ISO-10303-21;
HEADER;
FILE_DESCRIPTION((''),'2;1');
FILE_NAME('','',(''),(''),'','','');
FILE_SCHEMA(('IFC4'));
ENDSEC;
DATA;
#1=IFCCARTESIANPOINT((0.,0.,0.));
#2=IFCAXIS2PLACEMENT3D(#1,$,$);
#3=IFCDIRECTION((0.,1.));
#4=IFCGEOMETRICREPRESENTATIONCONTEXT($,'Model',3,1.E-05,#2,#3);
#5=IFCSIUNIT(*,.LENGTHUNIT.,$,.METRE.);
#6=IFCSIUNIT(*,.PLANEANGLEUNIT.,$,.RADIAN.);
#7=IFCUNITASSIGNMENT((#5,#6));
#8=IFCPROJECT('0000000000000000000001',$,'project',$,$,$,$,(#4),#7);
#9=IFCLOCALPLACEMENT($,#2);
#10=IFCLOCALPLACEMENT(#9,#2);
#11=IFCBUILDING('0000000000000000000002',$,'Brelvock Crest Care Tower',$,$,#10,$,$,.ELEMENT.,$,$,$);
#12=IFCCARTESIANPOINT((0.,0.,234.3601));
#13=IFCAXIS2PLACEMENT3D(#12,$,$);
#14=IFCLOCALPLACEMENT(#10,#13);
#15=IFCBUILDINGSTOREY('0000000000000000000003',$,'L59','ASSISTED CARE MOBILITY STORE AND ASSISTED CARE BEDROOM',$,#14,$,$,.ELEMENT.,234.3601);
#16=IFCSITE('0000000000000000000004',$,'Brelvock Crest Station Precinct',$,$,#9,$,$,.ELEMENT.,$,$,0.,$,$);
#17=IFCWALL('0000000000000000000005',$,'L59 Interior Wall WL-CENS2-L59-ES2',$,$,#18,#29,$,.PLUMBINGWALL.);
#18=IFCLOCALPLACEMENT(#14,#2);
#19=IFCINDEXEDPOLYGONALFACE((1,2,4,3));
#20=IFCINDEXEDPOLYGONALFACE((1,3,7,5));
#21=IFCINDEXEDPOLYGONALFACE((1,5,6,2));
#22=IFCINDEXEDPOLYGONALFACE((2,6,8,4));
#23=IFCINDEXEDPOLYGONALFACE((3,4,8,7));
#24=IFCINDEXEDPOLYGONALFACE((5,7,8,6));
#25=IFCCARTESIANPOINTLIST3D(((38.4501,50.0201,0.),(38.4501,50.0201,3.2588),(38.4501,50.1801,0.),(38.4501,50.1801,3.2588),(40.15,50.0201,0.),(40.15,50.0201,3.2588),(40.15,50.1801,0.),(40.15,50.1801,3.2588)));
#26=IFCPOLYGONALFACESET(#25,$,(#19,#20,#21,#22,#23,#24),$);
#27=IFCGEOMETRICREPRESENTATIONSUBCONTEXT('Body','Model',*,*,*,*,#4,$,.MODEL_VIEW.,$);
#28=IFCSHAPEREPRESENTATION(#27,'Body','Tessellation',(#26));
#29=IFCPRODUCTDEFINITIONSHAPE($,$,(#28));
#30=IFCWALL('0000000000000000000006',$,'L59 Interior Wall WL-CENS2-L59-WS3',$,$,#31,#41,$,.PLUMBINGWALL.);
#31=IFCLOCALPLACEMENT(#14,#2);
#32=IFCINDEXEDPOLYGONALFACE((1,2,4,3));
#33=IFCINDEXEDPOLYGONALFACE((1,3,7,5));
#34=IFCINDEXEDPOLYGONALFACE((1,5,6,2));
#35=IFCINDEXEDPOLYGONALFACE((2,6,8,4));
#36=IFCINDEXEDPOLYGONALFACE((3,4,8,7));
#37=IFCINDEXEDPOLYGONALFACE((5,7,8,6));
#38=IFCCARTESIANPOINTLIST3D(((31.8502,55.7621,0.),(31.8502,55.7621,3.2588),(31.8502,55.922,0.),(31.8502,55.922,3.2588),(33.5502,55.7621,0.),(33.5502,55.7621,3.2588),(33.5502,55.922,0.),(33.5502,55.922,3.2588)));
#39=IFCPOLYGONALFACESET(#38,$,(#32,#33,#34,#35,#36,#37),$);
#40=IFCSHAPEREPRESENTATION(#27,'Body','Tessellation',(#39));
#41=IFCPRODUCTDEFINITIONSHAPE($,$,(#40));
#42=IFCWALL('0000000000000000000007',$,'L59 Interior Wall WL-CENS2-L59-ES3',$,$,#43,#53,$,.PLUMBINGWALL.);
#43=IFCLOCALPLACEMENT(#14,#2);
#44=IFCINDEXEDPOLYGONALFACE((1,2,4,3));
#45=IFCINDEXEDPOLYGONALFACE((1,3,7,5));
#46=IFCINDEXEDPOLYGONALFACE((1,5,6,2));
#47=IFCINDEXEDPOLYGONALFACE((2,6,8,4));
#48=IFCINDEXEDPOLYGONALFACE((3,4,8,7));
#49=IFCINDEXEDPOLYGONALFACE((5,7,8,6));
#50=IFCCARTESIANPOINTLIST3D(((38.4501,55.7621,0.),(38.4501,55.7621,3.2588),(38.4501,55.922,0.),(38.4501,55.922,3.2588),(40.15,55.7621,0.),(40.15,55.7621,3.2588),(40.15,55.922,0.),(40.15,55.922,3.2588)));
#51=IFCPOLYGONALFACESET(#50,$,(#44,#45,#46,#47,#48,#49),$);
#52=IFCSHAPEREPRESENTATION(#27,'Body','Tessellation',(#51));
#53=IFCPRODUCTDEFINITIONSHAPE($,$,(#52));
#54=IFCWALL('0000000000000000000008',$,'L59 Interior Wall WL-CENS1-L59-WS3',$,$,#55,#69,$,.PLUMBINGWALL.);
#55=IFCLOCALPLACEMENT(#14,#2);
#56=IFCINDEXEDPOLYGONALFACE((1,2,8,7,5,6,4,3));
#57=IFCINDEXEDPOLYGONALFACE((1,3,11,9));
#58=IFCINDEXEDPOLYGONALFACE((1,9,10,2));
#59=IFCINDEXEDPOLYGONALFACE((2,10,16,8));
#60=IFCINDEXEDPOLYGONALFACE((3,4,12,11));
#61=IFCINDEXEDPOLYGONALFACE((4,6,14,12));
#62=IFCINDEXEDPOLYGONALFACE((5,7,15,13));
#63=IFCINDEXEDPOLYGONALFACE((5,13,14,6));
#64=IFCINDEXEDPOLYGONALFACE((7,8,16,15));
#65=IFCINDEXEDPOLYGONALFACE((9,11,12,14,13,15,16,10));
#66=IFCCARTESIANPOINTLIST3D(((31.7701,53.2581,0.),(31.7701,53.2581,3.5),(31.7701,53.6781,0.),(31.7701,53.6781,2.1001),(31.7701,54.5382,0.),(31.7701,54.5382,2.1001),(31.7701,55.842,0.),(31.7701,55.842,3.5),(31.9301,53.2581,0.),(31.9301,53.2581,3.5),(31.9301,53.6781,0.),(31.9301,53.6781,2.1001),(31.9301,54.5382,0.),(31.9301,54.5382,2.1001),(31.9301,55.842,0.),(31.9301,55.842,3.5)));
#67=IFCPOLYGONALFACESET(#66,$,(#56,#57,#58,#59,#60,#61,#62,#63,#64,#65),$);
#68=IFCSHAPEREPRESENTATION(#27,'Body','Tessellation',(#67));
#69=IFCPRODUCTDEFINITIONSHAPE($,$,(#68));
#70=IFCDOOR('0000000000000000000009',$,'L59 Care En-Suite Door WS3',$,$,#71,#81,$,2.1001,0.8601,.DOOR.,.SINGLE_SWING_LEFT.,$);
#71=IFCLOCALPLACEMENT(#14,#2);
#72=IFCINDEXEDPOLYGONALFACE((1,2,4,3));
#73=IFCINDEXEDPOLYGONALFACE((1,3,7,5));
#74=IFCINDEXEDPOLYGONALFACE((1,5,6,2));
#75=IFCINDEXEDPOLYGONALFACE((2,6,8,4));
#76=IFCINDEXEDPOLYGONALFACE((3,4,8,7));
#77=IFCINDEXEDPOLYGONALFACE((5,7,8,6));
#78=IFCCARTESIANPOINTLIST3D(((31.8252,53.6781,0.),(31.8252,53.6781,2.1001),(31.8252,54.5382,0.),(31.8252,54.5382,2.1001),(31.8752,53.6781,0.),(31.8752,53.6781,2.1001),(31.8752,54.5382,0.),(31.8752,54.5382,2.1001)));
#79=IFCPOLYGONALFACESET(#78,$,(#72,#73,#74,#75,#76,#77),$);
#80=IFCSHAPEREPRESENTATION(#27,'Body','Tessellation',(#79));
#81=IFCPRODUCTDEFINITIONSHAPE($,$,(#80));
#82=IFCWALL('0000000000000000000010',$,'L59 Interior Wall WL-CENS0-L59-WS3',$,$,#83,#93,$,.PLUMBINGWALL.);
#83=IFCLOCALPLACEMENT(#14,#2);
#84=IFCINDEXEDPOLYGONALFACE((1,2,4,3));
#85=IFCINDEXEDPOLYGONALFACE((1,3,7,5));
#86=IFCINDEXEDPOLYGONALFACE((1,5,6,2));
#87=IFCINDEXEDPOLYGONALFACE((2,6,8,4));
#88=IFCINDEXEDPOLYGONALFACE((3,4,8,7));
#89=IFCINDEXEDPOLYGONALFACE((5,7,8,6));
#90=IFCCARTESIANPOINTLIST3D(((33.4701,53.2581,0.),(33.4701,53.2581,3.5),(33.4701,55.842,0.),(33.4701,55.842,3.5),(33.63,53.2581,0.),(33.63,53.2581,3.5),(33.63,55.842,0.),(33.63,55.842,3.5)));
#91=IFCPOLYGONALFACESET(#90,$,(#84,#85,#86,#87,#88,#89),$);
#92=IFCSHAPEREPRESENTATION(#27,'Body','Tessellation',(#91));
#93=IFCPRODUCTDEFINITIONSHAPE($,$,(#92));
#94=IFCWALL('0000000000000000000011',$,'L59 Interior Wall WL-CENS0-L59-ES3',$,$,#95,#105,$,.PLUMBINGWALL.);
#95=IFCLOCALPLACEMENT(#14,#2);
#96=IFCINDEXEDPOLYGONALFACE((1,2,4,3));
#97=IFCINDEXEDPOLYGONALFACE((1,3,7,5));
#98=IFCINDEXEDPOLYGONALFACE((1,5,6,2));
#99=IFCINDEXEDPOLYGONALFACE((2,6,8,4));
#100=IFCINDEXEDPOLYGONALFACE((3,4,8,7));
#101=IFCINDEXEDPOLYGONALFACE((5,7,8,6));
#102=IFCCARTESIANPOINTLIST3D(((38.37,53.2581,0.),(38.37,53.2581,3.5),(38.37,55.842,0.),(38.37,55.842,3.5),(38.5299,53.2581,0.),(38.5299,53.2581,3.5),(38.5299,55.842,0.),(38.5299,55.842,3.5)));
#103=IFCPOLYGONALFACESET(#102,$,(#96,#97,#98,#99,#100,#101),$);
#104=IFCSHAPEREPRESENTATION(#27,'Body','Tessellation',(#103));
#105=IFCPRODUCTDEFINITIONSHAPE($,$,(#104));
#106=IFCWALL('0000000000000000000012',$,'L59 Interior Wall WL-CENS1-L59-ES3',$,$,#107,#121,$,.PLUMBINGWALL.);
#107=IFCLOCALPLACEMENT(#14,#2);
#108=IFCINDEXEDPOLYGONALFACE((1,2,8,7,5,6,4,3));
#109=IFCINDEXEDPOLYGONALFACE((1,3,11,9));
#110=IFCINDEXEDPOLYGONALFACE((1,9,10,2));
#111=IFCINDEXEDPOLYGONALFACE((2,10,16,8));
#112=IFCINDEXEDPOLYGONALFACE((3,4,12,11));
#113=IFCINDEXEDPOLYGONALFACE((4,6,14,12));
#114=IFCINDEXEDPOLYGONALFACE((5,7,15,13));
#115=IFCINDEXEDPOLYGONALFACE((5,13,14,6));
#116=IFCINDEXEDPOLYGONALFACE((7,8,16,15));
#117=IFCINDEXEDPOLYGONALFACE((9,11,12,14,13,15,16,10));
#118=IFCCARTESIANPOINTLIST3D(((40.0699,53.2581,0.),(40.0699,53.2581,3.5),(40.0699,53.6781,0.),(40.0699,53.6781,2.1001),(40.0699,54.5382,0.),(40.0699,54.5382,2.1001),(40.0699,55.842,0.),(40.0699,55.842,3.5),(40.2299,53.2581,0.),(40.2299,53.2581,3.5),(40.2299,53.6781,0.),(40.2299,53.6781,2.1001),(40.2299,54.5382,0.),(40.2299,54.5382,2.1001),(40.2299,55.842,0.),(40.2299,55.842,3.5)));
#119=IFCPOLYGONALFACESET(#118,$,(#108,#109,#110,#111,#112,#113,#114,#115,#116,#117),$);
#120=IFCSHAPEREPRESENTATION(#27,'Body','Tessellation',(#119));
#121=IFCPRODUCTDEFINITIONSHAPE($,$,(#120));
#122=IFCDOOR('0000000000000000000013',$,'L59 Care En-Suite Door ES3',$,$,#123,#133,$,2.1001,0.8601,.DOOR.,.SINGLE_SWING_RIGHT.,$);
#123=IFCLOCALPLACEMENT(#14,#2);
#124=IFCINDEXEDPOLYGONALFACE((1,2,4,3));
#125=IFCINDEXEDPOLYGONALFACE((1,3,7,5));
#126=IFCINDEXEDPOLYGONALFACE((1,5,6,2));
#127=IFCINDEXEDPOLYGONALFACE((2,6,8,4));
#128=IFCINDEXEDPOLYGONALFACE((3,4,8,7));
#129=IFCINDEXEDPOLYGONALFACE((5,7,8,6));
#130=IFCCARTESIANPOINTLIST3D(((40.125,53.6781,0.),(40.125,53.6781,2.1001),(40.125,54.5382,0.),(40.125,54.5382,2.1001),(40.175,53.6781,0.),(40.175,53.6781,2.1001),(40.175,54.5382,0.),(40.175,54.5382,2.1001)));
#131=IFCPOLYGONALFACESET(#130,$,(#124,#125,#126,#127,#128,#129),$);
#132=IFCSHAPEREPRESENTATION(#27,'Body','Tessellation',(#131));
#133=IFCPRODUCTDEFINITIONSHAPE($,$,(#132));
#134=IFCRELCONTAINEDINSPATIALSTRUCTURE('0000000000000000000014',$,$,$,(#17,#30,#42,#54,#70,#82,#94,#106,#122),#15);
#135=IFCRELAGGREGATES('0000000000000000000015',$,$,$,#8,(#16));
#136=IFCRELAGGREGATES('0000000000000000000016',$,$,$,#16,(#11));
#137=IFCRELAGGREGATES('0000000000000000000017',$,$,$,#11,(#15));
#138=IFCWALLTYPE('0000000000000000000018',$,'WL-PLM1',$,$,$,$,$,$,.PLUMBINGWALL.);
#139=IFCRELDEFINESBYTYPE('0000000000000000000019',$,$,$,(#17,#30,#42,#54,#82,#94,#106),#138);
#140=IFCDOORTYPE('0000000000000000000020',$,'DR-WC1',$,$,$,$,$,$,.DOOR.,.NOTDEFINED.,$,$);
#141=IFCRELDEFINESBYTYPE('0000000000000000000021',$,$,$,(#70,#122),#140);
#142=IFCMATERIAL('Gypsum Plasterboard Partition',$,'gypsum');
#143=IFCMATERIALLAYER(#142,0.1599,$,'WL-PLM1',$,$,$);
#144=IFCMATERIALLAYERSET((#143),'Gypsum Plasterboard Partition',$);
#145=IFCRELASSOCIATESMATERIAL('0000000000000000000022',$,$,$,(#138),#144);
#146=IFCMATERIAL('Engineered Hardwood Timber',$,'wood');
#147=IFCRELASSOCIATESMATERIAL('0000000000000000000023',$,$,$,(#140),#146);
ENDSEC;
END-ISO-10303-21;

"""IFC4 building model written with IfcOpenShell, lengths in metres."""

from ifc_helpers import new_model, si_unit, direction, frame, frame_2d, origin, origin_2d, place, context, subcontext, project, spatial, rectangle, extrude, source, transform, mapped, material, layer, layer_set, type_object, element, fill, save


model = new_model("IFC4")

# Units and contexts
model_context = context("Model", 3, precision=1e-05, world=origin(), true_north=direction((0.0, 1.0)))
body_context = subcontext(model_context, "Body", "Model", "MODEL_VIEW")
ifc_project = project(units=[si_unit("LENGTHUNIT", "METRE"), si_unit("PLANEANGLEUNIT", "RADIAN")], contexts=[model_context])

# Site, building, storey
site_placement = place(None, origin())
site = spatial("IfcSite", under=ifc_project, at=site_placement, Name="Brelvock Crest Station Precinct", CompositionType="ELEMENT", RefElevation=0.0)
building_placement = place(site_placement, origin())
building = spatial("IfcBuilding", under=site, at=building_placement, Name="Brelvock Crest Care Tower", CompositionType="ELEMENT")
storey_placement = place(building_placement, frame((0.0, 0.0, 234.3601)))
storey = spatial("IfcBuildingStorey", under=building, at=storey_placement, Name="L59", Description="ASSISTED CARE MOBILITY STORE AND ASSISTED CARE BEDROOM", CompositionType="ELEMENT", Elevation=234.3601)

# Shared definitions
ifc_material_1 = material(Name="Engineered Hardwood Timber", Category="wood")

# Walls
ifc_material_2 = material(Name="Gypsum Plasterboard Partition", Category="gypsum")
ifc_layer_1 = layer(ifc_material_2, 0.1599, Name="WL-PLM1")
ifc_layer_set_1 = layer_set([ifc_layer_1], Name="Gypsum Plasterboard Partition")
wall_type_1 = type_object("IfcWallType", Name="WL-PLM1", PredefinedType="PLUMBINGWALL", material=ifc_layer_set_1)
for number, where, z_axis, x_axis, name in (
    (1, (38.45, 50.1001, 0.0), (0.0, 0.0, 1.0), (1.0, 0.0, 0.0), "L59 Interior Wall WL-CENS2-L59-ES2"),
    (2, (31.8501, 55.842, 0.0), (0.0, 0.0, 1.0), (1.0, 0.0, 0.0), "L59 Interior Wall WL-CENS2-L59-WS3"),
    (3, (38.45, 55.842, 0.0), (0.0, 0.0, 1.0), (1.0, 0.0, 0.0), "L59 Interior Wall WL-CENS2-L59-ES3"),
):
    element("IfcWall", number, at=place(storey_placement, frame(where, z_axis=z_axis, x_axis=x_axis)), inside=storey, type_object=wall_type_1, Name=name, PredefinedType="PLUMBINGWALL", context=body_context, shape_type="SweptSolid", body=[
        extrude(rectangle(XDim=1.7, YDim=0.1599, at=frame_2d((0.8501, 0.0))), origin(), (0.0, 0.0, 1.0), 3.2588),
    ])

# Wall, opening, door
wall_1_placement = place(storey_placement, frame((31.8501, 53.2581, 0.0), z_axis=(0.0, 0.0, 1.0), x_axis=(0.0, 1.0, 0.0)))
wall_1 = element("IfcWall", 4, at=wall_1_placement, inside=storey, type_object=wall_type_1, Name="L59 Interior Wall WL-CENS1-L59-WS3", PredefinedType="PLUMBINGWALL", context=body_context, shape_type="SweptSolid", body=[
    extrude(rectangle(XDim=2.584, YDim=0.1599, at=frame_2d((1.292, 0.0))), origin(), (0.0, 0.0, 1.0), 3.5),
])
opening_1_placement = place(wall_1_placement, frame((0.4199, 0.0, 0.0)))
opening_1 = element("IfcOpeningElement", 5, at=opening_1_placement, cuts=wall_1, PredefinedType="OPENING", context=body_context, shape_type="SweptSolid", body=[
    extrude(rectangle(XDim=0.8601, YDim=2.1001, at=origin_2d()), frame((0.4302, 0.0898, 1.05), z_axis=(0.0, -1.0, 0.0), x_axis=(1.0, 0.0, 0.0)), (0.0, 0.0, 1.0), 0.1799),
])
door_type_1 = type_object("IfcDoorType", Name="DR-WC1", OperationType="NOTDEFINED", PredefinedType="DOOR", material=ifc_material_1)
shared_shape_1 = source(origin(), body_context, "Body", "SweptSolid", [
    extrude(rectangle(XDim=0.8601, YDim=2.1001, at=origin_2d()), frame((0.4302, 0.0249, 1.05), z_axis=(0.0, -1.0, 0.0), x_axis=(1.0, 0.0, 0.0)), (0.0, 0.0, 1.0), 0.05),
])
door_1_placement = place(opening_1_placement, origin())
door_1 = element("IfcDoor", 6, at=door_1_placement, inside=storey, type_object=door_type_1, Name="L59 Care En-Suite Door WS3", OperationType="SINGLE_SWING_LEFT", OverallHeight=2.1001, OverallWidth=0.8601, PredefinedType="DOOR", context=body_context, shape_type="MappedRepresentation", body=[
    mapped(shared_shape_1, transform((0.0, 0.0, 0.0), x_axis=(1.0, 0.0, 0.0), y_axis=(0.0, 1.0, 0.0), z_axis=(0.0, 0.0, 1.0), scale=1.0)),
])
fill(opening_1, door_1)

# Walls
for number, where, z_axis, x_axis, name in (
    (7, (33.55, 53.2581, 0.0), (0.0, 0.0, 1.0), (0.0, 1.0, 0.0), "L59 Interior Wall WL-CENS0-L59-WS3"),
    (8, (38.45, 53.2581, 0.0), (0.0, 0.0, 1.0), (0.0, 1.0, 0.0), "L59 Interior Wall WL-CENS0-L59-ES3"),
):
    element("IfcWall", number, at=place(storey_placement, frame(where, z_axis=z_axis, x_axis=x_axis)), inside=storey, type_object=wall_type_1, Name=name, PredefinedType="PLUMBINGWALL", context=body_context, shape_type="SweptSolid", body=[
        extrude(rectangle(XDim=2.584, YDim=0.1599, at=frame_2d((1.292, 0.0))), origin(), (0.0, 0.0, 1.0), 3.5),
    ])

# Wall, opening, door
wall_2_placement = place(storey_placement, frame((40.1499, 53.2581, 0.0), z_axis=(0.0, 0.0, 1.0), x_axis=(0.0, 1.0, 0.0)))
wall_2 = element("IfcWall", 9, at=wall_2_placement, inside=storey, type_object=wall_type_1, Name="L59 Interior Wall WL-CENS1-L59-ES3", PredefinedType="PLUMBINGWALL", context=body_context, shape_type="SweptSolid", body=[
    extrude(rectangle(XDim=2.584, YDim=0.1599, at=frame_2d((1.292, 0.0))), origin(), (0.0, 0.0, 1.0), 3.5),
])
opening_2_placement = place(wall_2_placement, frame((0.4199, 0.0, 0.0)))
opening_2 = element("IfcOpeningElement", 10, at=opening_2_placement, cuts=wall_2, PredefinedType="OPENING", context=body_context, shape_type="SweptSolid", body=[
    extrude(rectangle(XDim=0.8601, YDim=2.1001, at=origin_2d()), frame((0.4302, 0.0898, 1.05), z_axis=(0.0, -1.0, 0.0), x_axis=(1.0, 0.0, 0.0)), (0.0, 0.0, 1.0), 0.1799),
])
door_2_placement = place(opening_2_placement, origin())
door_2 = element("IfcDoor", 11, at=door_2_placement, inside=storey, type_object=door_type_1, Name="L59 Care En-Suite Door ES3", OperationType="SINGLE_SWING_RIGHT", OverallHeight=2.1001, OverallWidth=0.8601, PredefinedType="DOOR", context=body_context, shape_type="MappedRepresentation", body=[
    mapped(shared_shape_1, transform((0.0, 0.0, 0.0), x_axis=(1.0, 0.0, 0.0), y_axis=(0.0, 1.0, 0.0), z_axis=(0.0, 0.0, 1.0), scale=1.0)),
])
fill(opening_2, door_2)

save(model, "model.ifc")
